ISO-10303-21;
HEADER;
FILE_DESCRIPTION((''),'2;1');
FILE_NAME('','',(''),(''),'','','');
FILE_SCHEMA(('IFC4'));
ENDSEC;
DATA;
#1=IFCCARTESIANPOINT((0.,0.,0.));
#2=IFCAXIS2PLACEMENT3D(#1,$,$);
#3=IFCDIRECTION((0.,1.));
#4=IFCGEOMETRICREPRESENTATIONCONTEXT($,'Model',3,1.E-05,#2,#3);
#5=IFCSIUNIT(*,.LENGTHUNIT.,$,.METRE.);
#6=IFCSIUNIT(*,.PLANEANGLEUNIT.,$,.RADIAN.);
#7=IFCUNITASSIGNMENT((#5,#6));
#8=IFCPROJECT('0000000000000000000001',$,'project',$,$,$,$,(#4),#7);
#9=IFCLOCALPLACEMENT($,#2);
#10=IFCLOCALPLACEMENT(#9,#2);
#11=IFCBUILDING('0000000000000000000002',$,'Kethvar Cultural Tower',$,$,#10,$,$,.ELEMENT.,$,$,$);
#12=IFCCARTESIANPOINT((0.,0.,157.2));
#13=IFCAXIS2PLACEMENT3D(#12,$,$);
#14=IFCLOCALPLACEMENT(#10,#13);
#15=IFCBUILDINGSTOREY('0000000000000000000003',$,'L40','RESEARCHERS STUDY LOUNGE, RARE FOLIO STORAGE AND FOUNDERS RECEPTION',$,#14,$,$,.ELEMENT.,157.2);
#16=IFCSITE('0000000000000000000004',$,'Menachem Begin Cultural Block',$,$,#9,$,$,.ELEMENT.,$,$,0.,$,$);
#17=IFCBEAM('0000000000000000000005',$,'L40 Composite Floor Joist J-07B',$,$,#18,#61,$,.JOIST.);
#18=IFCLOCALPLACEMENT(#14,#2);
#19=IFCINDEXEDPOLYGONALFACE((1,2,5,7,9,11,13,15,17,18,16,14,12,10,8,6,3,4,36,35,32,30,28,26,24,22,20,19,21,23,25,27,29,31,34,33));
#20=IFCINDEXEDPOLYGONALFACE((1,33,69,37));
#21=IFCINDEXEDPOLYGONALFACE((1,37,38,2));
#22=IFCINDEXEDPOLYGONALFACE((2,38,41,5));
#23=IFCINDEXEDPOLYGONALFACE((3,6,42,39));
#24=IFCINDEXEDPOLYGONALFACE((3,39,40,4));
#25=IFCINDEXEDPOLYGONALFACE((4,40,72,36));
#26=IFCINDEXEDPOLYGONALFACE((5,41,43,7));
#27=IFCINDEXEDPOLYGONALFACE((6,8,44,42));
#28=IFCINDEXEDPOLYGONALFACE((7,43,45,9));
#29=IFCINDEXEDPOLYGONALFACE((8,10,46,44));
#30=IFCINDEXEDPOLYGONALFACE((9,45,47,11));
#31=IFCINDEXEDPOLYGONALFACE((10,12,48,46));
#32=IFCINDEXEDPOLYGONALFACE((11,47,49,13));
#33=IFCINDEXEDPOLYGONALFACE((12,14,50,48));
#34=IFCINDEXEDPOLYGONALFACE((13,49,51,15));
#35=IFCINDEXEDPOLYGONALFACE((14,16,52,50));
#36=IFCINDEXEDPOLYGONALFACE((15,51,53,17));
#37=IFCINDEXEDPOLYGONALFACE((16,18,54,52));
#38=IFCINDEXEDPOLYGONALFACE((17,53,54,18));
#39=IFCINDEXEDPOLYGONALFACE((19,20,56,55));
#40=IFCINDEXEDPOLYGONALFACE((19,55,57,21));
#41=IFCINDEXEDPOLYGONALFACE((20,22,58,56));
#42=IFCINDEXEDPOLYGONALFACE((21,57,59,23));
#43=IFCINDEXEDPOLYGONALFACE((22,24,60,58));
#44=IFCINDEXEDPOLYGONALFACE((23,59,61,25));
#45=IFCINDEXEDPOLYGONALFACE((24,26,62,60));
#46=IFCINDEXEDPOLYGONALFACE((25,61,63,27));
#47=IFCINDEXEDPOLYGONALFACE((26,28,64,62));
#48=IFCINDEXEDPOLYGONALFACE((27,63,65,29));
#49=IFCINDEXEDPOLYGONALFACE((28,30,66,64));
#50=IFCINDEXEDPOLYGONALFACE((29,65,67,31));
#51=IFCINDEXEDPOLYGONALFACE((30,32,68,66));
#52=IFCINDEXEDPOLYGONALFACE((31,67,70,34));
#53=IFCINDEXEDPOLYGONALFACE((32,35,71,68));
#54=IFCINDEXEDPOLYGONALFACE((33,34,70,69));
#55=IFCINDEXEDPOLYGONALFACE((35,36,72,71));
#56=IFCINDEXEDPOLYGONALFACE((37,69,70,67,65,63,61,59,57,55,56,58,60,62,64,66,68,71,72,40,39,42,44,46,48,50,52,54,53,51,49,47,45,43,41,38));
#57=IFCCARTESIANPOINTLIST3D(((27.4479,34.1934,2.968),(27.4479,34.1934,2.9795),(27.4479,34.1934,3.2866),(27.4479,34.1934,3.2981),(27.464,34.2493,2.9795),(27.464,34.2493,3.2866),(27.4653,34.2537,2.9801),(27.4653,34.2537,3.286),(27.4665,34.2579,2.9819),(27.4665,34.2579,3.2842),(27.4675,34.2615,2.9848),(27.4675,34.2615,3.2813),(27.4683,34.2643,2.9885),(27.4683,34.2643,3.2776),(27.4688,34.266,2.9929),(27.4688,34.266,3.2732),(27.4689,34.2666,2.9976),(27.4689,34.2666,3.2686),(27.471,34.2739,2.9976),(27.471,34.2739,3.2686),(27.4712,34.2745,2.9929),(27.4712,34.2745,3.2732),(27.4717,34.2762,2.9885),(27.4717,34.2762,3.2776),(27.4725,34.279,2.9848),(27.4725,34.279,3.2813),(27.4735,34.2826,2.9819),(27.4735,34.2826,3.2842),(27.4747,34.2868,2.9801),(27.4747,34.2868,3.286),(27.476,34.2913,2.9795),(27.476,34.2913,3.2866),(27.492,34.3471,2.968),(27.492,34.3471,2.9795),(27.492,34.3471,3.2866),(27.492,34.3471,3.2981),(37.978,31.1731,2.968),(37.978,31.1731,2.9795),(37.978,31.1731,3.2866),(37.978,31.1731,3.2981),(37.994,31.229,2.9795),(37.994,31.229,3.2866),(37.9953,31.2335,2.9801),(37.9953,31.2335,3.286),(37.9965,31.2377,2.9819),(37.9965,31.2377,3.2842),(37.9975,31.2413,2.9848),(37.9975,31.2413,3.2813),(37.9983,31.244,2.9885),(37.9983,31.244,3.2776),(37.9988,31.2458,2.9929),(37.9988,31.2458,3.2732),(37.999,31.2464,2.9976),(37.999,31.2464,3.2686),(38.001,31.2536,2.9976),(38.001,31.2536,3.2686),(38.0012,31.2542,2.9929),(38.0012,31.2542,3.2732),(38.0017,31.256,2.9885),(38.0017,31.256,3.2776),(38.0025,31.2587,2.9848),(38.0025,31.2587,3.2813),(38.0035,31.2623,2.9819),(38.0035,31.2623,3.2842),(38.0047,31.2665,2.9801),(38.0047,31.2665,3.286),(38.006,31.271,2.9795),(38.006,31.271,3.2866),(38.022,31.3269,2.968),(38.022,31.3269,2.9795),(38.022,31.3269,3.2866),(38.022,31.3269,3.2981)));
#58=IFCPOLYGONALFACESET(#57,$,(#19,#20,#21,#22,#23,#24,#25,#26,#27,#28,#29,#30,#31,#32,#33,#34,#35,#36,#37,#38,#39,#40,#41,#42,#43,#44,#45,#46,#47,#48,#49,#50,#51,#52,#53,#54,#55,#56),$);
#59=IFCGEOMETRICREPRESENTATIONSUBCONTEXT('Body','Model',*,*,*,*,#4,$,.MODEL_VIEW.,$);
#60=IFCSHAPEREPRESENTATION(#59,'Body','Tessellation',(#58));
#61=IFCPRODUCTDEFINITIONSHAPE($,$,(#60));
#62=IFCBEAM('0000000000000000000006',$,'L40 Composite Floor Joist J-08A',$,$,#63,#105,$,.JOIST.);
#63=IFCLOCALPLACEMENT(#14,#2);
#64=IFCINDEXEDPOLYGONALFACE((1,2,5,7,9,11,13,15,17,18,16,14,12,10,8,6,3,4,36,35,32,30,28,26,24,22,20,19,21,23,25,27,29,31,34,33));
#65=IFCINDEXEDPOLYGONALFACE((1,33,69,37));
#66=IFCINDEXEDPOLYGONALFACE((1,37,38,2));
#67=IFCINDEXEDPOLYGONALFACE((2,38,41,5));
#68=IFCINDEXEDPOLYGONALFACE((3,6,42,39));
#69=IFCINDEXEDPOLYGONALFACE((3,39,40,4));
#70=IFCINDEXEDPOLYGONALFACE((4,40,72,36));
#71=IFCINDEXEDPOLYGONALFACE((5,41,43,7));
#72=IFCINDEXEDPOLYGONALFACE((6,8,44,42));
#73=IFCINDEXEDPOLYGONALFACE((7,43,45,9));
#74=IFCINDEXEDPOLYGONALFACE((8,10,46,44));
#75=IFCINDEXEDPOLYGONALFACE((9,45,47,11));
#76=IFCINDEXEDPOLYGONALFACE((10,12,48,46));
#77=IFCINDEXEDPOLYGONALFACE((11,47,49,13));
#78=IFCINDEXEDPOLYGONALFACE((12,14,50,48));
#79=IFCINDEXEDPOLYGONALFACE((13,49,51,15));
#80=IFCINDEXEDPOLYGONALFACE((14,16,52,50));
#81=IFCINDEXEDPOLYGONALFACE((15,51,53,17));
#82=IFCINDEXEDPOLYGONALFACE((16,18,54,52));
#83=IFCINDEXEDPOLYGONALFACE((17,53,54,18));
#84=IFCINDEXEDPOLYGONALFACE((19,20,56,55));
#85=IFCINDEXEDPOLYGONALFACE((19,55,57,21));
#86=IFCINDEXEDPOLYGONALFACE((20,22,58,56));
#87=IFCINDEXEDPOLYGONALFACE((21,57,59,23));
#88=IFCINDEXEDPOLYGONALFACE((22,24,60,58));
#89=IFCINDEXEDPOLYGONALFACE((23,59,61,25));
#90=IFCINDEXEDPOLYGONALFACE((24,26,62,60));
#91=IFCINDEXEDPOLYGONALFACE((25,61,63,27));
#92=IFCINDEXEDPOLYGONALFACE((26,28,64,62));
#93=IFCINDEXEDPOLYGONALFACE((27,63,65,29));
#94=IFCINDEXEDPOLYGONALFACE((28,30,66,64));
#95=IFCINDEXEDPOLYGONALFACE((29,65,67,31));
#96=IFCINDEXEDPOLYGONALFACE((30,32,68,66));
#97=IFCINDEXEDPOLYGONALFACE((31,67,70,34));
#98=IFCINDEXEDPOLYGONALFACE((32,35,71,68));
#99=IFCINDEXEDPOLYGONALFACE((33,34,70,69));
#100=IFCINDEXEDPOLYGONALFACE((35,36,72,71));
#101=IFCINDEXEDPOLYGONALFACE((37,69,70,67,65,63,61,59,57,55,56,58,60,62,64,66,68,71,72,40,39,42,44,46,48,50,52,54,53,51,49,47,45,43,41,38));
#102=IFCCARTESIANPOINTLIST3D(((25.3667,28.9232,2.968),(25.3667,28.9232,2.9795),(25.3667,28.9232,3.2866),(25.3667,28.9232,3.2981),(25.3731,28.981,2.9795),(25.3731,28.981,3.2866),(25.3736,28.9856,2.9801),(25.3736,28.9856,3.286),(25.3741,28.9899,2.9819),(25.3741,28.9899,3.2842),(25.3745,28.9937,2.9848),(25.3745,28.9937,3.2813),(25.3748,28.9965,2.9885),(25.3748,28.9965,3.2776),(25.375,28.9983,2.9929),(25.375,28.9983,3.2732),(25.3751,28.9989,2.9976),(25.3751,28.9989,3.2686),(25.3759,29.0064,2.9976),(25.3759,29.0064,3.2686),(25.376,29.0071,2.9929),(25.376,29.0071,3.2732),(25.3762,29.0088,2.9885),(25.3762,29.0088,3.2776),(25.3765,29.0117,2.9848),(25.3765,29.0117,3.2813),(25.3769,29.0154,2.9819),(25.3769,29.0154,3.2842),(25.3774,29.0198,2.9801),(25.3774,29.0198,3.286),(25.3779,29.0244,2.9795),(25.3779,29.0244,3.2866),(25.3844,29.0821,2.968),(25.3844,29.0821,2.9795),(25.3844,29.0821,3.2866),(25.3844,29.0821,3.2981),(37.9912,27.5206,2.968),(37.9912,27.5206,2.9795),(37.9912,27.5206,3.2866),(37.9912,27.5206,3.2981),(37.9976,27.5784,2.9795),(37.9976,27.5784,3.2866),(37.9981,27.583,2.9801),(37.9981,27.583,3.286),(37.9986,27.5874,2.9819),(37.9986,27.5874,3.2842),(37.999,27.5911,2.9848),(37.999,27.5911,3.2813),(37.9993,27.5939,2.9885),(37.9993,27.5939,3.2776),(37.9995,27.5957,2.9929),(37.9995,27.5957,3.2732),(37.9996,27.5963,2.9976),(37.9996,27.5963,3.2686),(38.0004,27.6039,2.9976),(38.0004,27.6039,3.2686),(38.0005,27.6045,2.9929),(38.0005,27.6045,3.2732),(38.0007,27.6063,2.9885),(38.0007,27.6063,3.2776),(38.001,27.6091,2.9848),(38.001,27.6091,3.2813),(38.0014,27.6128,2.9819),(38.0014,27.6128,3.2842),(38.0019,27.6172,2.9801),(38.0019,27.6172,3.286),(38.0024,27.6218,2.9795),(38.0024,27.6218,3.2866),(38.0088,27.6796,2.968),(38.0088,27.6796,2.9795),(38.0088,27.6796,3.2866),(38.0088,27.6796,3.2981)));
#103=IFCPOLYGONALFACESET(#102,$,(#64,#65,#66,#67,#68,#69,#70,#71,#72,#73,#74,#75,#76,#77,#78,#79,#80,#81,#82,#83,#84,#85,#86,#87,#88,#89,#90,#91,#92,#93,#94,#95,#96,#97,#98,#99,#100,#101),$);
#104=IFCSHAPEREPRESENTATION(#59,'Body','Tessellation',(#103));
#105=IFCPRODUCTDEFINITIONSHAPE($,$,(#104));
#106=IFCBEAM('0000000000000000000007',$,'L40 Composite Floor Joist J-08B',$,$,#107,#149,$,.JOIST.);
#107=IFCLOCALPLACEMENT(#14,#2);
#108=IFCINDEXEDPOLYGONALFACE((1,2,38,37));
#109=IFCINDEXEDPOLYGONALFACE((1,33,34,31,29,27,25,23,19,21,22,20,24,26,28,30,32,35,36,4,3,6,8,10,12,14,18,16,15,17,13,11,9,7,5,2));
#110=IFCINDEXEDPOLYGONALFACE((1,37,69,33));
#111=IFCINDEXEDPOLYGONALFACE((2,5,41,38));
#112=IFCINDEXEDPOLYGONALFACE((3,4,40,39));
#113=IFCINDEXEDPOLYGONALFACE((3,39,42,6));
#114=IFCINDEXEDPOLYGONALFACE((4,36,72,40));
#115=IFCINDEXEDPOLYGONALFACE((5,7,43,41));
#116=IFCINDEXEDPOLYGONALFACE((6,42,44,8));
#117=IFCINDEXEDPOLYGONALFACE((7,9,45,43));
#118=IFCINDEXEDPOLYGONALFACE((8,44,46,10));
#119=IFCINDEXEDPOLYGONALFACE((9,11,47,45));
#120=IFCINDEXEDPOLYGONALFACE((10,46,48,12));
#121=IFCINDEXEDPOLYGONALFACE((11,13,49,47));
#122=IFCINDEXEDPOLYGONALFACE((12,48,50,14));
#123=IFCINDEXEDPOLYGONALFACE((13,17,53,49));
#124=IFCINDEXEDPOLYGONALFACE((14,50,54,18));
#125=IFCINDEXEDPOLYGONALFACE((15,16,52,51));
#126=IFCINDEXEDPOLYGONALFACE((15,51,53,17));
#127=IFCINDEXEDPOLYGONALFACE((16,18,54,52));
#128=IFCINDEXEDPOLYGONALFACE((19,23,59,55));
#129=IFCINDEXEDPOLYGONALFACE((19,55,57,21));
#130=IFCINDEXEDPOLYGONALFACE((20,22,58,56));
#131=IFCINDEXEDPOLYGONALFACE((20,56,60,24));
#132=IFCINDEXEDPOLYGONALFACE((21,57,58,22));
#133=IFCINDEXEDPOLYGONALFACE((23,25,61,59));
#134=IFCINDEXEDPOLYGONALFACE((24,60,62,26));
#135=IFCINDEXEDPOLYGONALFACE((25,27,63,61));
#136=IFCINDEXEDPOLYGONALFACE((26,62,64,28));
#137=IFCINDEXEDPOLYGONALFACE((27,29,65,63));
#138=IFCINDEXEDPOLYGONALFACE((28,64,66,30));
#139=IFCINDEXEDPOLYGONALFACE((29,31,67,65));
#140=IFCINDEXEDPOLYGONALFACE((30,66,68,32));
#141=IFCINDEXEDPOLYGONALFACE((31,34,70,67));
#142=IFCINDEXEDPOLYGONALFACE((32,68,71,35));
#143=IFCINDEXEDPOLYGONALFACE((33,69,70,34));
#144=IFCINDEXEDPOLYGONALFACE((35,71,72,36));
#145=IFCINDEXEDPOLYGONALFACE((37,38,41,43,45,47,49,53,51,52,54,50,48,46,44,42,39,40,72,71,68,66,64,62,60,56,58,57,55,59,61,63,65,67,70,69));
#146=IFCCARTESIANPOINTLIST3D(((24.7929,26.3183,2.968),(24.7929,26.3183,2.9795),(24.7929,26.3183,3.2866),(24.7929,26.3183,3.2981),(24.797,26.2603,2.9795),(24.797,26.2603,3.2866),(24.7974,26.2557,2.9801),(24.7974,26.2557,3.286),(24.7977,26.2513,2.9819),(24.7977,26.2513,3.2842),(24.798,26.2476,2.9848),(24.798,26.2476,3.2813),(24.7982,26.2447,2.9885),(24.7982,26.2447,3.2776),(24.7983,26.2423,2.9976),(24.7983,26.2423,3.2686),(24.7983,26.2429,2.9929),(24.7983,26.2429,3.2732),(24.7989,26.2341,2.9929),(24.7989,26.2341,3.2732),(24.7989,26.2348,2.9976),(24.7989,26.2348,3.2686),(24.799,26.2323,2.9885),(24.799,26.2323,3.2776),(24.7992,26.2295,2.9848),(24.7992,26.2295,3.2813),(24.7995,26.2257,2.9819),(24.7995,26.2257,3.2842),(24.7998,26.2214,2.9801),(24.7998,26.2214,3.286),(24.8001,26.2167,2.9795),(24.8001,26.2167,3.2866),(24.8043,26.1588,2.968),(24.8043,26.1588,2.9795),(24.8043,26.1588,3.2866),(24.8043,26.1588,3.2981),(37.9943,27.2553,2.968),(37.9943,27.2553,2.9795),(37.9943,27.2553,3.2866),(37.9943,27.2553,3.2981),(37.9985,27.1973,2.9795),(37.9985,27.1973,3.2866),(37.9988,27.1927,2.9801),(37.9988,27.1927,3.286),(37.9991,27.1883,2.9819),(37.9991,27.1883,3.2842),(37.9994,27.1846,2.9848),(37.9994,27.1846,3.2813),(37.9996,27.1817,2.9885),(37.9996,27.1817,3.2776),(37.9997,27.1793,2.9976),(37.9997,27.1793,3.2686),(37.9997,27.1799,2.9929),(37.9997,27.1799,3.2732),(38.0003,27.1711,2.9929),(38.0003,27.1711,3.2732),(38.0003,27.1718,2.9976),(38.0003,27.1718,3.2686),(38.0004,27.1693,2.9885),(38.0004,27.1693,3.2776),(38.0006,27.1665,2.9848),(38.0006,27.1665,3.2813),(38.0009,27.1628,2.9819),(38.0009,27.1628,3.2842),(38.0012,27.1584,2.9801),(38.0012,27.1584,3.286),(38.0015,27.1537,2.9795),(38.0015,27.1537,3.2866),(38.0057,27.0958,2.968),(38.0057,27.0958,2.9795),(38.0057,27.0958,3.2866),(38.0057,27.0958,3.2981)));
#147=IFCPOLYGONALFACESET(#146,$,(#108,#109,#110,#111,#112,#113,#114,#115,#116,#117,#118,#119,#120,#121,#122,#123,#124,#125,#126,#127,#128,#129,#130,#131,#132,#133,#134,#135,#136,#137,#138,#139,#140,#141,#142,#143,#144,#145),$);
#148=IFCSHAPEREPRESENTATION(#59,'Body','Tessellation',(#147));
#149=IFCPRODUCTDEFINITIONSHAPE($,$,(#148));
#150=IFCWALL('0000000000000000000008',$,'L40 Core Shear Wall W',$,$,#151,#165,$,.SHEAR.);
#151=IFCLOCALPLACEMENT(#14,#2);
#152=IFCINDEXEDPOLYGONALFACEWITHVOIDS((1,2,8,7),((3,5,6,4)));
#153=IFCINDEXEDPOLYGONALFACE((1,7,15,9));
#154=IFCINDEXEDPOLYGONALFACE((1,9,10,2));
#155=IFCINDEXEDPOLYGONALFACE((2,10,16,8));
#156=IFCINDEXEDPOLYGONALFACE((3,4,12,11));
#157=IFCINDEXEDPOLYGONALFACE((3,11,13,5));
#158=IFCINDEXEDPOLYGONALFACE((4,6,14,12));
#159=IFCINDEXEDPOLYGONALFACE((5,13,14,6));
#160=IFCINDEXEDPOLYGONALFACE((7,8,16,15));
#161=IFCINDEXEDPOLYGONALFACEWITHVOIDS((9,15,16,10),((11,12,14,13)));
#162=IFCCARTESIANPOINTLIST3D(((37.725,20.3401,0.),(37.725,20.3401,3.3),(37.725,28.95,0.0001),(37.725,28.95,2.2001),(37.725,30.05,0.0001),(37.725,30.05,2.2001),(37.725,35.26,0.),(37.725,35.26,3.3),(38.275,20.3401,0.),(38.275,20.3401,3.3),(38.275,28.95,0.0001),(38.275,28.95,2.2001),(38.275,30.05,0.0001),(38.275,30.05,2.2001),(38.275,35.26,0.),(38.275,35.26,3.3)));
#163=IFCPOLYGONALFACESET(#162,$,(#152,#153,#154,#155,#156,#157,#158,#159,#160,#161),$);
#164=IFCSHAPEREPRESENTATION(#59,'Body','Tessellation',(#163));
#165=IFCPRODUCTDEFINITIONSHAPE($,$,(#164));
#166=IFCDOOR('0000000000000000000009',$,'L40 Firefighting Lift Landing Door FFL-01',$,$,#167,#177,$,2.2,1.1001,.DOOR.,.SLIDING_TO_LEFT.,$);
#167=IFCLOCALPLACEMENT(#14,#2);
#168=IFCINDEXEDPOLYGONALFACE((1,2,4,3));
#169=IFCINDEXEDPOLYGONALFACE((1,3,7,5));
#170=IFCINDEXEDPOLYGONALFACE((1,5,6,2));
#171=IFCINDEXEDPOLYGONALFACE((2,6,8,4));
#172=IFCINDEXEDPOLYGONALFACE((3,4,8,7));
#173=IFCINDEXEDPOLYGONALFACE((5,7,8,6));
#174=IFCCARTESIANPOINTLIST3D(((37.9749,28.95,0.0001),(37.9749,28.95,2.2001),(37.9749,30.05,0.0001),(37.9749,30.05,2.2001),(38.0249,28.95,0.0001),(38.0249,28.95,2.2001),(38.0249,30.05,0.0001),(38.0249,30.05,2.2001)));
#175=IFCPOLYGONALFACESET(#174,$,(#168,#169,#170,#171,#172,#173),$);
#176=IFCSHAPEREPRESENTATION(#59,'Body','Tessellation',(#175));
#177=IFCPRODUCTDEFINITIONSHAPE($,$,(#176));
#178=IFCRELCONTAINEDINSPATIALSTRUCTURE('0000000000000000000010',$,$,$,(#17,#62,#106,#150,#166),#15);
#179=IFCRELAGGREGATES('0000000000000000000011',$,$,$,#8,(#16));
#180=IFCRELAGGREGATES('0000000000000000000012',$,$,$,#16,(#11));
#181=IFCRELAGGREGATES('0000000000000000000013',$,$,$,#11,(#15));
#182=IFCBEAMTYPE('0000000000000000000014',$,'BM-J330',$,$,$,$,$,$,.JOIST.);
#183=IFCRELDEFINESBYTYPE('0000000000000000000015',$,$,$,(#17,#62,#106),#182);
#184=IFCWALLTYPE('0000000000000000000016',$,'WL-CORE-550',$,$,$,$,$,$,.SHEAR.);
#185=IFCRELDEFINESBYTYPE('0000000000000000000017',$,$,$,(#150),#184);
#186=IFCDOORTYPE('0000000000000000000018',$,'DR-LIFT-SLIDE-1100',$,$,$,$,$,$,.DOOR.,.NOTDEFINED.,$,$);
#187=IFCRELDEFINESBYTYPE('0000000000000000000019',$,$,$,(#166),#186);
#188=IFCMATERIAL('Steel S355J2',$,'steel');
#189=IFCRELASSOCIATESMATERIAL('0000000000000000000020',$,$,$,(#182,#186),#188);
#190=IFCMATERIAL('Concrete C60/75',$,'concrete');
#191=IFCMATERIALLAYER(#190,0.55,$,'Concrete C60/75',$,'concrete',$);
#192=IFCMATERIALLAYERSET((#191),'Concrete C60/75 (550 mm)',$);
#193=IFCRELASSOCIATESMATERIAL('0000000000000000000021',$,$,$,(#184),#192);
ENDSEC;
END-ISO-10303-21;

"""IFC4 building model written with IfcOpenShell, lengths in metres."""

from ifc_helpers import new_model, si_unit, direction, frame, frame_2d, origin, origin_2d, place, context, subcontext, project, spatial, rectangle, i_section, extrude, source, transform, mapped, material, layer, layer_set, material_profile, profile_set, type_object, element, fill, save


model = new_model("IFC4")

# Units and contexts
model_context = context("Model", 3, precision=1e-05, world=origin(), true_north=direction((0.0, 1.0)))
body_context = subcontext(model_context, "Body", "Model", "MODEL_VIEW")
ifc_project = project(units=[si_unit("LENGTHUNIT", "METRE"), si_unit("PLANEANGLEUNIT", "RADIAN")], contexts=[model_context])

# Site, building, storey
site_placement = place(None, origin())
site = spatial("IfcSite", under=ifc_project, at=site_placement, Name="Menachem Begin Cultural Block", CompositionType="ELEMENT", RefElevation=0.0)
building_placement = place(site_placement, origin())
building = spatial("IfcBuilding", under=site, at=building_placement, Name="Kethvar Cultural Tower", CompositionType="ELEMENT")
storey_placement = place(building_placement, frame((0.0, 0.0, 157.2)))
storey = spatial("IfcBuildingStorey", under=building, at=storey_placement, Name="L40", Description="RESEARCHERS STUDY LOUNGE, RARE FOLIO STORAGE AND FOUNDERS RECEPTION", CompositionType="ELEMENT", Elevation=157.2)

# Beams
ifc_material_1 = material(Name="Steel S355J2", Category="steel")
ifc_material_profile_1 = material_profile(ifc_material_1, i_section(OverallWidth=0.1599, OverallDepth=0.3301, WebThickness=0.0076, FlangeThickness=0.0115, FilletRadius=0.0181, at=origin_2d()), Name="Steel S355J2 — IPE330")
ifc_profile_set_1 = profile_set([ifc_material_profile_1], Name="Steel S355J2 — IPE330")
beam_type_1 = type_object("IfcBeamType", Name="BM-J330", PredefinedType="JOIST", material=ifc_profile_set_1)
shared_shape_1 = source(origin(), body_context, "Body", "SweptSolid", [
    extrude(i_section(OverallWidth=0.1599, OverallDepth=0.3301, WebThickness=0.0076, FlangeThickness=0.0115, FilletRadius=0.0181, at=origin_2d()), origin(), (0.0, 0.0, 1.0), 10.9546),
])
beam_1_placement = place(storey_placement, frame((38.0, 31.25, 3.1331), z_axis=(-0.961242, 0.275707, 0.0), x_axis=(-0.275707, -0.961242, 0.0)))
element("IfcBeam", 1, at=beam_1_placement, inside=storey, type_object=beam_type_1, Name="L40 Composite Floor Joist J-07B", PredefinedType="JOIST", context=body_context, shape_type="MappedRepresentation", body=[
    mapped(shared_shape_1, transform((0.0, 0.0, 0.0), scale=1.0)),
])
shared_shape_2 = source(origin(), body_context, "Body", "SweptSolid", [
    extrude(i_section(OverallWidth=0.1599, OverallDepth=0.3301, WebThickness=0.0076, FlangeThickness=0.0115, FilletRadius=0.0181, at=origin_2d()), origin(), (0.0, 0.0, 1.0), 12.7021),
])
beam_2_placement = place(storey_placement, frame((38.0, 27.6001, 3.1331), z_axis=(-0.993885, 0.110421, 0.0), x_axis=(-0.110421, -0.993885, 0.0)))
element("IfcBeam", 2, at=beam_2_placement, inside=storey, type_object=beam_type_1, Name="L40 Composite Floor Joist J-08A", PredefinedType="JOIST", context=body_context, shape_type="MappedRepresentation", body=[
    mapped(shared_shape_2, transform((0.0, 0.0, 0.0), scale=1.0)),
])
shared_shape_3 = source(origin(), body_context, "Body", "SweptSolid", [
    extrude(i_section(OverallWidth=0.1599, OverallDepth=0.3301, WebThickness=0.0076, FlangeThickness=0.0115, FilletRadius=0.0181, at=origin_2d()), origin(), (0.0, 0.0, 1.0), 13.2346),
])
beam_3_placement = place(storey_placement, frame((38.0, 27.1755, 3.1331), z_axis=(-0.997491, -0.0708, 0.0), x_axis=(0.0708, -0.997491, 0.0)))
element("IfcBeam", 3, at=beam_3_placement, inside=storey, type_object=beam_type_1, Name="L40 Composite Floor Joist J-08B", PredefinedType="JOIST", context=body_context, shape_type="MappedRepresentation", body=[
    mapped(shared_shape_3, transform((0.0, 0.0, 0.0), scale=1.0)),
])

# Wall, opening, door
ifc_material_2 = material(Name="Concrete C60/75", Category="concrete")
ifc_layer_1 = layer(ifc_material_2, 0.55, Name="Concrete C60/75", Category="concrete")
ifc_layer_set_1 = layer_set([ifc_layer_1], Name="Concrete C60/75 (550 mm)")
wall_type_1 = type_object("IfcWallType", Name="WL-CORE-550", PredefinedType="SHEAR", material=ifc_layer_set_1)
wall_1_placement = place(storey_placement, frame((38.0, 35.26, 0.0), z_axis=(0.0, 0.0, 1.0), x_axis=(0.0, -1.0, 0.0)))
wall_1 = element("IfcWall", 4, at=wall_1_placement, inside=storey, type_object=wall_type_1, Name="L40 Core Shear Wall W", PredefinedType="SHEAR", context=body_context, shape_type="SweptSolid", body=[
    extrude(rectangle(XDim=14.9199, YDim=0.55, at=frame_2d((7.46, 0.0))), origin(), (0.0, 0.0, 1.0), 3.3),
])
opening_1_placement = place(wall_1_placement, frame((5.21, 0.0, 0.0)))
opening_1 = element("IfcOpeningElement", 5, at=opening_1_placement, cuts=wall_1, PredefinedType="OPENING", context=body_context, shape_type="SweptSolid", body=[
    extrude(rectangle(XDim=1.1001, YDim=2.2, at=frame_2d((0.55, 1.1001))), frame((0.0, 0.2849, 0.0), z_axis=(0.0, -1.0, 0.0), x_axis=(1.0, 0.0, 0.0)), (0.0, 0.0, 1.0), 0.5701),
])
door_type = type_object("IfcDoorType", Name="DR-LIFT-SLIDE-1100", OperationType="NOTDEFINED", PredefinedType="DOOR", material=ifc_material_1)
shared_shape_4 = source(origin(), body_context, "Body", "SweptSolid", [
    extrude(rectangle(XDim=1.1001, YDim=2.2, at=frame_2d((0.55, 1.1001))), frame((0.0, 0.0249, 0.0), z_axis=(0.0, -1.0, 0.0), x_axis=(1.0, 0.0, 0.0)), (0.0, 0.0, 1.0), 0.05),
])
door_1_placement = place(opening_1_placement, origin())
door_1 = element("IfcDoor", 6, at=door_1_placement, inside=storey, type_object=door_type, Name="L40 Firefighting Lift Landing Door FFL-01", OperationType="SLIDING_TO_LEFT", OverallHeight=2.2, OverallWidth=1.1001, PredefinedType="DOOR", context=body_context, shape_type="MappedRepresentation", body=[
    mapped(shared_shape_4, transform((0.0, 0.0, 0.0), scale=1.0)),
])
fill(opening_1, door_1)

save(model, "model.ifc")
